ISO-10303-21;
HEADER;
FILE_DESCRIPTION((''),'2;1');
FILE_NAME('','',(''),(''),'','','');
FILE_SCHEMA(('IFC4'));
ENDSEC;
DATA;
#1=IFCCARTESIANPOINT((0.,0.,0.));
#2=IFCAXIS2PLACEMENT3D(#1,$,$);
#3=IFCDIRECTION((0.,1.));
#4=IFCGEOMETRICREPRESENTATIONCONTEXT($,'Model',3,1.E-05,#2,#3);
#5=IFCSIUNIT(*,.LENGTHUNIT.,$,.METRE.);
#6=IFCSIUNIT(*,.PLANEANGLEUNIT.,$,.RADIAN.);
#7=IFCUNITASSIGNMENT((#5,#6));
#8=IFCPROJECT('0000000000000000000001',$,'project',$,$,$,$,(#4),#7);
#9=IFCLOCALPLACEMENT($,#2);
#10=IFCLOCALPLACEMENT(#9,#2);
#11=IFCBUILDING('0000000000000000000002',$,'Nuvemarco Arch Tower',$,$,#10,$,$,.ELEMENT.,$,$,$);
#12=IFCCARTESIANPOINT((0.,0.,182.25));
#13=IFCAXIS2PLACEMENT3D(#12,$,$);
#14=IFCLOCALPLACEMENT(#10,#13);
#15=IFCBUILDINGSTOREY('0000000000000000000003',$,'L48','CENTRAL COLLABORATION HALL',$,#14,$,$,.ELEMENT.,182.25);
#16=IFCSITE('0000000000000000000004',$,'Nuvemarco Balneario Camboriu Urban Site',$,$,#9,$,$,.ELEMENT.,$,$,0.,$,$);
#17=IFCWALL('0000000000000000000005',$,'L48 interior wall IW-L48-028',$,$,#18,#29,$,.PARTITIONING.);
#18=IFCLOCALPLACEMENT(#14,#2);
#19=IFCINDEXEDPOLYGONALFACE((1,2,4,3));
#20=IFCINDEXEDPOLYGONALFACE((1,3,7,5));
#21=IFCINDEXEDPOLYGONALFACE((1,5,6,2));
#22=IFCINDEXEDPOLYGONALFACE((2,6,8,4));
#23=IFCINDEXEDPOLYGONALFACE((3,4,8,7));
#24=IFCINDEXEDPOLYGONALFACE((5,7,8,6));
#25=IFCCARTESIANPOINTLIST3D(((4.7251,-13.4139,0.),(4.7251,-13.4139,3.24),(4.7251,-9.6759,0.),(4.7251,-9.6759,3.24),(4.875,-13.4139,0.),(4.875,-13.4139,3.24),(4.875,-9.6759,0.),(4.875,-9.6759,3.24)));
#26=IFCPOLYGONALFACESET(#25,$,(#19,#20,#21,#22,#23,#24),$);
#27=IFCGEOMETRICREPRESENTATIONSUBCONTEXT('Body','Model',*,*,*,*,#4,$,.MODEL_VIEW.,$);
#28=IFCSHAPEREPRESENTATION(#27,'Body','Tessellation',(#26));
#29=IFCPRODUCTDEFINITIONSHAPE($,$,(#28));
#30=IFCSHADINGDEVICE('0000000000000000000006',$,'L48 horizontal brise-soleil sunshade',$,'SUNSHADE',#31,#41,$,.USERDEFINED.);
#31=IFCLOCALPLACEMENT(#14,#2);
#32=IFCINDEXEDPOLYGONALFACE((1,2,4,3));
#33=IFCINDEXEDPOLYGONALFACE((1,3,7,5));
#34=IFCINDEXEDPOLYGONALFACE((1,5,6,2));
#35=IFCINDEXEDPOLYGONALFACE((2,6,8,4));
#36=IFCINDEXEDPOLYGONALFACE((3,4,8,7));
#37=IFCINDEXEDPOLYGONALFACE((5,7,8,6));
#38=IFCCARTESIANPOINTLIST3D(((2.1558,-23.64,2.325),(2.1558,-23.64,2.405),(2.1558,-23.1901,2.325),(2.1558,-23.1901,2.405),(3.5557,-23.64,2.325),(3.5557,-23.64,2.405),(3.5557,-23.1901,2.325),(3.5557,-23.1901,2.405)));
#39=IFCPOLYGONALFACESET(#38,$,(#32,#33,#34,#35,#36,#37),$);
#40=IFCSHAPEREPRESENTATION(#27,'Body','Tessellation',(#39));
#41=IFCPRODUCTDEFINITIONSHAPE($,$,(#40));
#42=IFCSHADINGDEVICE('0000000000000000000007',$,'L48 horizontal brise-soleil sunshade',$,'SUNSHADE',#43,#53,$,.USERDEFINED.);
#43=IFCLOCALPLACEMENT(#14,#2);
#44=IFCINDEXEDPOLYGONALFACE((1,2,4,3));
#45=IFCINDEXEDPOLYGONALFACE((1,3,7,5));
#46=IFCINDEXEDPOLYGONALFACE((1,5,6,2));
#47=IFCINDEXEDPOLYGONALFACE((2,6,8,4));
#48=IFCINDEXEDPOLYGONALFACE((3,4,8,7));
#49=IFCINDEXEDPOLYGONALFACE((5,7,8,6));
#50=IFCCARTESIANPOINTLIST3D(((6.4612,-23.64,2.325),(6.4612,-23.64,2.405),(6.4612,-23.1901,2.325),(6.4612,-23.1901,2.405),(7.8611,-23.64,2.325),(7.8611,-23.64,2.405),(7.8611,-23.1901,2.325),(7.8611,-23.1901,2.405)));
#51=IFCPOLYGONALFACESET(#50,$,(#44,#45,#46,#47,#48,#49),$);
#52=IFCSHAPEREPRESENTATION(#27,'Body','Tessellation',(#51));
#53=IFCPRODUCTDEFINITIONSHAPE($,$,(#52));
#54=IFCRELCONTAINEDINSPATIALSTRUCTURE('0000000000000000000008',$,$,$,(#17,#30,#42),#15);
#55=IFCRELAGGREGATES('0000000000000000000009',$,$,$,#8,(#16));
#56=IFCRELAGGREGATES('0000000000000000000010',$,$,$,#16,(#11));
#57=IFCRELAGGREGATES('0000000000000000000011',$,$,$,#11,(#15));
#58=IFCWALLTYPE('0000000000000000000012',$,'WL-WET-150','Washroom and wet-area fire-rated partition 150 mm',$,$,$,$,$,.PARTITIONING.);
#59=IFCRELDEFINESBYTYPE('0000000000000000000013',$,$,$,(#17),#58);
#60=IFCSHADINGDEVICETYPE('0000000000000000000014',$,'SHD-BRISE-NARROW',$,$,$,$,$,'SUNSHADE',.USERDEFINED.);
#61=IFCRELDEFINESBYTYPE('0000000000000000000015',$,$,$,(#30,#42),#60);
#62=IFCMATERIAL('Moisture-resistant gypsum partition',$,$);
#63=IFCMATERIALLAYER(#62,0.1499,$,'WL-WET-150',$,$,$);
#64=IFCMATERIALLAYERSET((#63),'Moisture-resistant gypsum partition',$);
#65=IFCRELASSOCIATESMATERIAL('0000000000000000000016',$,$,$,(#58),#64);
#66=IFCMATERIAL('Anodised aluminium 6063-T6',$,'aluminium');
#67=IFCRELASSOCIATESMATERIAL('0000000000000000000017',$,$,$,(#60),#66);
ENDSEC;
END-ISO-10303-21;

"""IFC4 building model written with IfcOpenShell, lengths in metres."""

from ifc_helpers import new_model, si_unit, direction, frame, frame_2d, origin, origin_2d, place, context, subcontext, project, spatial, rectangle, extrude, source, transform, mapped, material, layer, layer_set, type_object, type_shapes, element, save


model = new_model("IFC4")

# Units and contexts
model_context = context("Model", 3, precision=1e-05, world=origin(), true_north=direction((0.0, 1.0)))
body_context = subcontext(model_context, "Body", "Model", "MODEL_VIEW")
ifc_project = project(units=[si_unit("LENGTHUNIT", "METRE"), si_unit("PLANEANGLEUNIT", "RADIAN")], contexts=[model_context])

# Site, building, storey
site_placement = place(None, origin())
site = spatial("IfcSite", under=ifc_project, at=site_placement, Name="Nuvemarco Balneario Camboriu Urban Site", CompositionType="ELEMENT", RefElevation=0.0)
building_placement = place(site_placement, origin())
building = spatial("IfcBuilding", under=site, at=building_placement, Name="Nuvemarco Arch Tower", CompositionType="ELEMENT")
storey_placement = place(building_placement, frame((0.0, 0.0, 182.25)))
storey = spatial("IfcBuildingStorey", under=building, at=storey_placement, Name="L48", Description="CENTRAL COLLABORATION HALL", CompositionType="ELEMENT", Elevation=182.25)

# Wall
ifc_material_1 = material(Name="Moisture-resistant gypsum partition")
ifc_layer_1 = layer(ifc_material_1, 0.1499, Name="WL-WET-150")
ifc_layer_set_1 = layer_set([ifc_layer_1], Name="Moisture-resistant gypsum partition")
wall_type_1 = type_object("IfcWallType", Name="WL-WET-150", Description="Washroom and wet-area fire-rated partition 150 mm", PredefinedType="PARTITIONING", material=ifc_layer_set_1)
for number, where, z_axis, x_axis, name in (
    (1, (4.8, -13.4141, 0.0), (0.0, 0.0, 1.0), (0.0, 1.0, 0.0), "L48 interior wall IW-L48-028"),
):
    element("IfcWall", number, at=place(storey_placement, frame(where, z_axis=z_axis, x_axis=x_axis)), inside=storey, type_object=wall_type_1, Name=name, PredefinedType="PARTITIONING", context=body_context, shape_type="SweptSolid", body=[
        extrude(rectangle(XDim=3.738, YDim=0.1499, at=frame_2d((1.8691, 0.0))), origin(), (0.0, 0.0, 1.0), 3.24),
    ])

# Shading devices
ifc_material_2 = material(Name="Anodised aluminium 6063-T6", Category="aluminium")
shading_device_type = type_object("IfcShadingDeviceType", Name="SHD-BRISE-NARROW", ElementType="SUNSHADE", PredefinedType="USERDEFINED", material=ifc_material_2)
shared_shape_1 = source(origin(), body_context, "Body", "SweptSolid", [
    extrude(rectangle(XDim=1.3999, YDim=0.45, at=origin_2d()), origin(), (0.0, 0.0, 1.0), 0.0801),
])
type_shapes(shading_device_type, [shared_shape_1])
for number, where, z_axis, x_axis, name in (
    (2, (2.8557, -23.415, 2.325), (0.0, 0.0, 1.0), (1.0, 0.0, 0.0), "L48 horizontal brise-soleil sunshade"),
    (3, (7.1611, -23.415, 2.325), (0.0, 0.0, 1.0), (1.0, 0.0, 0.0), "L48 horizontal brise-soleil sunshade"),
):
    element("IfcShadingDevice", number, at=place(storey_placement, frame(where, z_axis=z_axis, x_axis=x_axis)), inside=storey, type_object=shading_device_type, Name=name, ObjectType="SUNSHADE", PredefinedType="USERDEFINED", context=body_context, shape_type="MappedRepresentation", body=[
        mapped(shared_shape_1, transform((0.0, 0.0, 0.0), scale=1.0)),
    ])

save(model, "model.ifc")
